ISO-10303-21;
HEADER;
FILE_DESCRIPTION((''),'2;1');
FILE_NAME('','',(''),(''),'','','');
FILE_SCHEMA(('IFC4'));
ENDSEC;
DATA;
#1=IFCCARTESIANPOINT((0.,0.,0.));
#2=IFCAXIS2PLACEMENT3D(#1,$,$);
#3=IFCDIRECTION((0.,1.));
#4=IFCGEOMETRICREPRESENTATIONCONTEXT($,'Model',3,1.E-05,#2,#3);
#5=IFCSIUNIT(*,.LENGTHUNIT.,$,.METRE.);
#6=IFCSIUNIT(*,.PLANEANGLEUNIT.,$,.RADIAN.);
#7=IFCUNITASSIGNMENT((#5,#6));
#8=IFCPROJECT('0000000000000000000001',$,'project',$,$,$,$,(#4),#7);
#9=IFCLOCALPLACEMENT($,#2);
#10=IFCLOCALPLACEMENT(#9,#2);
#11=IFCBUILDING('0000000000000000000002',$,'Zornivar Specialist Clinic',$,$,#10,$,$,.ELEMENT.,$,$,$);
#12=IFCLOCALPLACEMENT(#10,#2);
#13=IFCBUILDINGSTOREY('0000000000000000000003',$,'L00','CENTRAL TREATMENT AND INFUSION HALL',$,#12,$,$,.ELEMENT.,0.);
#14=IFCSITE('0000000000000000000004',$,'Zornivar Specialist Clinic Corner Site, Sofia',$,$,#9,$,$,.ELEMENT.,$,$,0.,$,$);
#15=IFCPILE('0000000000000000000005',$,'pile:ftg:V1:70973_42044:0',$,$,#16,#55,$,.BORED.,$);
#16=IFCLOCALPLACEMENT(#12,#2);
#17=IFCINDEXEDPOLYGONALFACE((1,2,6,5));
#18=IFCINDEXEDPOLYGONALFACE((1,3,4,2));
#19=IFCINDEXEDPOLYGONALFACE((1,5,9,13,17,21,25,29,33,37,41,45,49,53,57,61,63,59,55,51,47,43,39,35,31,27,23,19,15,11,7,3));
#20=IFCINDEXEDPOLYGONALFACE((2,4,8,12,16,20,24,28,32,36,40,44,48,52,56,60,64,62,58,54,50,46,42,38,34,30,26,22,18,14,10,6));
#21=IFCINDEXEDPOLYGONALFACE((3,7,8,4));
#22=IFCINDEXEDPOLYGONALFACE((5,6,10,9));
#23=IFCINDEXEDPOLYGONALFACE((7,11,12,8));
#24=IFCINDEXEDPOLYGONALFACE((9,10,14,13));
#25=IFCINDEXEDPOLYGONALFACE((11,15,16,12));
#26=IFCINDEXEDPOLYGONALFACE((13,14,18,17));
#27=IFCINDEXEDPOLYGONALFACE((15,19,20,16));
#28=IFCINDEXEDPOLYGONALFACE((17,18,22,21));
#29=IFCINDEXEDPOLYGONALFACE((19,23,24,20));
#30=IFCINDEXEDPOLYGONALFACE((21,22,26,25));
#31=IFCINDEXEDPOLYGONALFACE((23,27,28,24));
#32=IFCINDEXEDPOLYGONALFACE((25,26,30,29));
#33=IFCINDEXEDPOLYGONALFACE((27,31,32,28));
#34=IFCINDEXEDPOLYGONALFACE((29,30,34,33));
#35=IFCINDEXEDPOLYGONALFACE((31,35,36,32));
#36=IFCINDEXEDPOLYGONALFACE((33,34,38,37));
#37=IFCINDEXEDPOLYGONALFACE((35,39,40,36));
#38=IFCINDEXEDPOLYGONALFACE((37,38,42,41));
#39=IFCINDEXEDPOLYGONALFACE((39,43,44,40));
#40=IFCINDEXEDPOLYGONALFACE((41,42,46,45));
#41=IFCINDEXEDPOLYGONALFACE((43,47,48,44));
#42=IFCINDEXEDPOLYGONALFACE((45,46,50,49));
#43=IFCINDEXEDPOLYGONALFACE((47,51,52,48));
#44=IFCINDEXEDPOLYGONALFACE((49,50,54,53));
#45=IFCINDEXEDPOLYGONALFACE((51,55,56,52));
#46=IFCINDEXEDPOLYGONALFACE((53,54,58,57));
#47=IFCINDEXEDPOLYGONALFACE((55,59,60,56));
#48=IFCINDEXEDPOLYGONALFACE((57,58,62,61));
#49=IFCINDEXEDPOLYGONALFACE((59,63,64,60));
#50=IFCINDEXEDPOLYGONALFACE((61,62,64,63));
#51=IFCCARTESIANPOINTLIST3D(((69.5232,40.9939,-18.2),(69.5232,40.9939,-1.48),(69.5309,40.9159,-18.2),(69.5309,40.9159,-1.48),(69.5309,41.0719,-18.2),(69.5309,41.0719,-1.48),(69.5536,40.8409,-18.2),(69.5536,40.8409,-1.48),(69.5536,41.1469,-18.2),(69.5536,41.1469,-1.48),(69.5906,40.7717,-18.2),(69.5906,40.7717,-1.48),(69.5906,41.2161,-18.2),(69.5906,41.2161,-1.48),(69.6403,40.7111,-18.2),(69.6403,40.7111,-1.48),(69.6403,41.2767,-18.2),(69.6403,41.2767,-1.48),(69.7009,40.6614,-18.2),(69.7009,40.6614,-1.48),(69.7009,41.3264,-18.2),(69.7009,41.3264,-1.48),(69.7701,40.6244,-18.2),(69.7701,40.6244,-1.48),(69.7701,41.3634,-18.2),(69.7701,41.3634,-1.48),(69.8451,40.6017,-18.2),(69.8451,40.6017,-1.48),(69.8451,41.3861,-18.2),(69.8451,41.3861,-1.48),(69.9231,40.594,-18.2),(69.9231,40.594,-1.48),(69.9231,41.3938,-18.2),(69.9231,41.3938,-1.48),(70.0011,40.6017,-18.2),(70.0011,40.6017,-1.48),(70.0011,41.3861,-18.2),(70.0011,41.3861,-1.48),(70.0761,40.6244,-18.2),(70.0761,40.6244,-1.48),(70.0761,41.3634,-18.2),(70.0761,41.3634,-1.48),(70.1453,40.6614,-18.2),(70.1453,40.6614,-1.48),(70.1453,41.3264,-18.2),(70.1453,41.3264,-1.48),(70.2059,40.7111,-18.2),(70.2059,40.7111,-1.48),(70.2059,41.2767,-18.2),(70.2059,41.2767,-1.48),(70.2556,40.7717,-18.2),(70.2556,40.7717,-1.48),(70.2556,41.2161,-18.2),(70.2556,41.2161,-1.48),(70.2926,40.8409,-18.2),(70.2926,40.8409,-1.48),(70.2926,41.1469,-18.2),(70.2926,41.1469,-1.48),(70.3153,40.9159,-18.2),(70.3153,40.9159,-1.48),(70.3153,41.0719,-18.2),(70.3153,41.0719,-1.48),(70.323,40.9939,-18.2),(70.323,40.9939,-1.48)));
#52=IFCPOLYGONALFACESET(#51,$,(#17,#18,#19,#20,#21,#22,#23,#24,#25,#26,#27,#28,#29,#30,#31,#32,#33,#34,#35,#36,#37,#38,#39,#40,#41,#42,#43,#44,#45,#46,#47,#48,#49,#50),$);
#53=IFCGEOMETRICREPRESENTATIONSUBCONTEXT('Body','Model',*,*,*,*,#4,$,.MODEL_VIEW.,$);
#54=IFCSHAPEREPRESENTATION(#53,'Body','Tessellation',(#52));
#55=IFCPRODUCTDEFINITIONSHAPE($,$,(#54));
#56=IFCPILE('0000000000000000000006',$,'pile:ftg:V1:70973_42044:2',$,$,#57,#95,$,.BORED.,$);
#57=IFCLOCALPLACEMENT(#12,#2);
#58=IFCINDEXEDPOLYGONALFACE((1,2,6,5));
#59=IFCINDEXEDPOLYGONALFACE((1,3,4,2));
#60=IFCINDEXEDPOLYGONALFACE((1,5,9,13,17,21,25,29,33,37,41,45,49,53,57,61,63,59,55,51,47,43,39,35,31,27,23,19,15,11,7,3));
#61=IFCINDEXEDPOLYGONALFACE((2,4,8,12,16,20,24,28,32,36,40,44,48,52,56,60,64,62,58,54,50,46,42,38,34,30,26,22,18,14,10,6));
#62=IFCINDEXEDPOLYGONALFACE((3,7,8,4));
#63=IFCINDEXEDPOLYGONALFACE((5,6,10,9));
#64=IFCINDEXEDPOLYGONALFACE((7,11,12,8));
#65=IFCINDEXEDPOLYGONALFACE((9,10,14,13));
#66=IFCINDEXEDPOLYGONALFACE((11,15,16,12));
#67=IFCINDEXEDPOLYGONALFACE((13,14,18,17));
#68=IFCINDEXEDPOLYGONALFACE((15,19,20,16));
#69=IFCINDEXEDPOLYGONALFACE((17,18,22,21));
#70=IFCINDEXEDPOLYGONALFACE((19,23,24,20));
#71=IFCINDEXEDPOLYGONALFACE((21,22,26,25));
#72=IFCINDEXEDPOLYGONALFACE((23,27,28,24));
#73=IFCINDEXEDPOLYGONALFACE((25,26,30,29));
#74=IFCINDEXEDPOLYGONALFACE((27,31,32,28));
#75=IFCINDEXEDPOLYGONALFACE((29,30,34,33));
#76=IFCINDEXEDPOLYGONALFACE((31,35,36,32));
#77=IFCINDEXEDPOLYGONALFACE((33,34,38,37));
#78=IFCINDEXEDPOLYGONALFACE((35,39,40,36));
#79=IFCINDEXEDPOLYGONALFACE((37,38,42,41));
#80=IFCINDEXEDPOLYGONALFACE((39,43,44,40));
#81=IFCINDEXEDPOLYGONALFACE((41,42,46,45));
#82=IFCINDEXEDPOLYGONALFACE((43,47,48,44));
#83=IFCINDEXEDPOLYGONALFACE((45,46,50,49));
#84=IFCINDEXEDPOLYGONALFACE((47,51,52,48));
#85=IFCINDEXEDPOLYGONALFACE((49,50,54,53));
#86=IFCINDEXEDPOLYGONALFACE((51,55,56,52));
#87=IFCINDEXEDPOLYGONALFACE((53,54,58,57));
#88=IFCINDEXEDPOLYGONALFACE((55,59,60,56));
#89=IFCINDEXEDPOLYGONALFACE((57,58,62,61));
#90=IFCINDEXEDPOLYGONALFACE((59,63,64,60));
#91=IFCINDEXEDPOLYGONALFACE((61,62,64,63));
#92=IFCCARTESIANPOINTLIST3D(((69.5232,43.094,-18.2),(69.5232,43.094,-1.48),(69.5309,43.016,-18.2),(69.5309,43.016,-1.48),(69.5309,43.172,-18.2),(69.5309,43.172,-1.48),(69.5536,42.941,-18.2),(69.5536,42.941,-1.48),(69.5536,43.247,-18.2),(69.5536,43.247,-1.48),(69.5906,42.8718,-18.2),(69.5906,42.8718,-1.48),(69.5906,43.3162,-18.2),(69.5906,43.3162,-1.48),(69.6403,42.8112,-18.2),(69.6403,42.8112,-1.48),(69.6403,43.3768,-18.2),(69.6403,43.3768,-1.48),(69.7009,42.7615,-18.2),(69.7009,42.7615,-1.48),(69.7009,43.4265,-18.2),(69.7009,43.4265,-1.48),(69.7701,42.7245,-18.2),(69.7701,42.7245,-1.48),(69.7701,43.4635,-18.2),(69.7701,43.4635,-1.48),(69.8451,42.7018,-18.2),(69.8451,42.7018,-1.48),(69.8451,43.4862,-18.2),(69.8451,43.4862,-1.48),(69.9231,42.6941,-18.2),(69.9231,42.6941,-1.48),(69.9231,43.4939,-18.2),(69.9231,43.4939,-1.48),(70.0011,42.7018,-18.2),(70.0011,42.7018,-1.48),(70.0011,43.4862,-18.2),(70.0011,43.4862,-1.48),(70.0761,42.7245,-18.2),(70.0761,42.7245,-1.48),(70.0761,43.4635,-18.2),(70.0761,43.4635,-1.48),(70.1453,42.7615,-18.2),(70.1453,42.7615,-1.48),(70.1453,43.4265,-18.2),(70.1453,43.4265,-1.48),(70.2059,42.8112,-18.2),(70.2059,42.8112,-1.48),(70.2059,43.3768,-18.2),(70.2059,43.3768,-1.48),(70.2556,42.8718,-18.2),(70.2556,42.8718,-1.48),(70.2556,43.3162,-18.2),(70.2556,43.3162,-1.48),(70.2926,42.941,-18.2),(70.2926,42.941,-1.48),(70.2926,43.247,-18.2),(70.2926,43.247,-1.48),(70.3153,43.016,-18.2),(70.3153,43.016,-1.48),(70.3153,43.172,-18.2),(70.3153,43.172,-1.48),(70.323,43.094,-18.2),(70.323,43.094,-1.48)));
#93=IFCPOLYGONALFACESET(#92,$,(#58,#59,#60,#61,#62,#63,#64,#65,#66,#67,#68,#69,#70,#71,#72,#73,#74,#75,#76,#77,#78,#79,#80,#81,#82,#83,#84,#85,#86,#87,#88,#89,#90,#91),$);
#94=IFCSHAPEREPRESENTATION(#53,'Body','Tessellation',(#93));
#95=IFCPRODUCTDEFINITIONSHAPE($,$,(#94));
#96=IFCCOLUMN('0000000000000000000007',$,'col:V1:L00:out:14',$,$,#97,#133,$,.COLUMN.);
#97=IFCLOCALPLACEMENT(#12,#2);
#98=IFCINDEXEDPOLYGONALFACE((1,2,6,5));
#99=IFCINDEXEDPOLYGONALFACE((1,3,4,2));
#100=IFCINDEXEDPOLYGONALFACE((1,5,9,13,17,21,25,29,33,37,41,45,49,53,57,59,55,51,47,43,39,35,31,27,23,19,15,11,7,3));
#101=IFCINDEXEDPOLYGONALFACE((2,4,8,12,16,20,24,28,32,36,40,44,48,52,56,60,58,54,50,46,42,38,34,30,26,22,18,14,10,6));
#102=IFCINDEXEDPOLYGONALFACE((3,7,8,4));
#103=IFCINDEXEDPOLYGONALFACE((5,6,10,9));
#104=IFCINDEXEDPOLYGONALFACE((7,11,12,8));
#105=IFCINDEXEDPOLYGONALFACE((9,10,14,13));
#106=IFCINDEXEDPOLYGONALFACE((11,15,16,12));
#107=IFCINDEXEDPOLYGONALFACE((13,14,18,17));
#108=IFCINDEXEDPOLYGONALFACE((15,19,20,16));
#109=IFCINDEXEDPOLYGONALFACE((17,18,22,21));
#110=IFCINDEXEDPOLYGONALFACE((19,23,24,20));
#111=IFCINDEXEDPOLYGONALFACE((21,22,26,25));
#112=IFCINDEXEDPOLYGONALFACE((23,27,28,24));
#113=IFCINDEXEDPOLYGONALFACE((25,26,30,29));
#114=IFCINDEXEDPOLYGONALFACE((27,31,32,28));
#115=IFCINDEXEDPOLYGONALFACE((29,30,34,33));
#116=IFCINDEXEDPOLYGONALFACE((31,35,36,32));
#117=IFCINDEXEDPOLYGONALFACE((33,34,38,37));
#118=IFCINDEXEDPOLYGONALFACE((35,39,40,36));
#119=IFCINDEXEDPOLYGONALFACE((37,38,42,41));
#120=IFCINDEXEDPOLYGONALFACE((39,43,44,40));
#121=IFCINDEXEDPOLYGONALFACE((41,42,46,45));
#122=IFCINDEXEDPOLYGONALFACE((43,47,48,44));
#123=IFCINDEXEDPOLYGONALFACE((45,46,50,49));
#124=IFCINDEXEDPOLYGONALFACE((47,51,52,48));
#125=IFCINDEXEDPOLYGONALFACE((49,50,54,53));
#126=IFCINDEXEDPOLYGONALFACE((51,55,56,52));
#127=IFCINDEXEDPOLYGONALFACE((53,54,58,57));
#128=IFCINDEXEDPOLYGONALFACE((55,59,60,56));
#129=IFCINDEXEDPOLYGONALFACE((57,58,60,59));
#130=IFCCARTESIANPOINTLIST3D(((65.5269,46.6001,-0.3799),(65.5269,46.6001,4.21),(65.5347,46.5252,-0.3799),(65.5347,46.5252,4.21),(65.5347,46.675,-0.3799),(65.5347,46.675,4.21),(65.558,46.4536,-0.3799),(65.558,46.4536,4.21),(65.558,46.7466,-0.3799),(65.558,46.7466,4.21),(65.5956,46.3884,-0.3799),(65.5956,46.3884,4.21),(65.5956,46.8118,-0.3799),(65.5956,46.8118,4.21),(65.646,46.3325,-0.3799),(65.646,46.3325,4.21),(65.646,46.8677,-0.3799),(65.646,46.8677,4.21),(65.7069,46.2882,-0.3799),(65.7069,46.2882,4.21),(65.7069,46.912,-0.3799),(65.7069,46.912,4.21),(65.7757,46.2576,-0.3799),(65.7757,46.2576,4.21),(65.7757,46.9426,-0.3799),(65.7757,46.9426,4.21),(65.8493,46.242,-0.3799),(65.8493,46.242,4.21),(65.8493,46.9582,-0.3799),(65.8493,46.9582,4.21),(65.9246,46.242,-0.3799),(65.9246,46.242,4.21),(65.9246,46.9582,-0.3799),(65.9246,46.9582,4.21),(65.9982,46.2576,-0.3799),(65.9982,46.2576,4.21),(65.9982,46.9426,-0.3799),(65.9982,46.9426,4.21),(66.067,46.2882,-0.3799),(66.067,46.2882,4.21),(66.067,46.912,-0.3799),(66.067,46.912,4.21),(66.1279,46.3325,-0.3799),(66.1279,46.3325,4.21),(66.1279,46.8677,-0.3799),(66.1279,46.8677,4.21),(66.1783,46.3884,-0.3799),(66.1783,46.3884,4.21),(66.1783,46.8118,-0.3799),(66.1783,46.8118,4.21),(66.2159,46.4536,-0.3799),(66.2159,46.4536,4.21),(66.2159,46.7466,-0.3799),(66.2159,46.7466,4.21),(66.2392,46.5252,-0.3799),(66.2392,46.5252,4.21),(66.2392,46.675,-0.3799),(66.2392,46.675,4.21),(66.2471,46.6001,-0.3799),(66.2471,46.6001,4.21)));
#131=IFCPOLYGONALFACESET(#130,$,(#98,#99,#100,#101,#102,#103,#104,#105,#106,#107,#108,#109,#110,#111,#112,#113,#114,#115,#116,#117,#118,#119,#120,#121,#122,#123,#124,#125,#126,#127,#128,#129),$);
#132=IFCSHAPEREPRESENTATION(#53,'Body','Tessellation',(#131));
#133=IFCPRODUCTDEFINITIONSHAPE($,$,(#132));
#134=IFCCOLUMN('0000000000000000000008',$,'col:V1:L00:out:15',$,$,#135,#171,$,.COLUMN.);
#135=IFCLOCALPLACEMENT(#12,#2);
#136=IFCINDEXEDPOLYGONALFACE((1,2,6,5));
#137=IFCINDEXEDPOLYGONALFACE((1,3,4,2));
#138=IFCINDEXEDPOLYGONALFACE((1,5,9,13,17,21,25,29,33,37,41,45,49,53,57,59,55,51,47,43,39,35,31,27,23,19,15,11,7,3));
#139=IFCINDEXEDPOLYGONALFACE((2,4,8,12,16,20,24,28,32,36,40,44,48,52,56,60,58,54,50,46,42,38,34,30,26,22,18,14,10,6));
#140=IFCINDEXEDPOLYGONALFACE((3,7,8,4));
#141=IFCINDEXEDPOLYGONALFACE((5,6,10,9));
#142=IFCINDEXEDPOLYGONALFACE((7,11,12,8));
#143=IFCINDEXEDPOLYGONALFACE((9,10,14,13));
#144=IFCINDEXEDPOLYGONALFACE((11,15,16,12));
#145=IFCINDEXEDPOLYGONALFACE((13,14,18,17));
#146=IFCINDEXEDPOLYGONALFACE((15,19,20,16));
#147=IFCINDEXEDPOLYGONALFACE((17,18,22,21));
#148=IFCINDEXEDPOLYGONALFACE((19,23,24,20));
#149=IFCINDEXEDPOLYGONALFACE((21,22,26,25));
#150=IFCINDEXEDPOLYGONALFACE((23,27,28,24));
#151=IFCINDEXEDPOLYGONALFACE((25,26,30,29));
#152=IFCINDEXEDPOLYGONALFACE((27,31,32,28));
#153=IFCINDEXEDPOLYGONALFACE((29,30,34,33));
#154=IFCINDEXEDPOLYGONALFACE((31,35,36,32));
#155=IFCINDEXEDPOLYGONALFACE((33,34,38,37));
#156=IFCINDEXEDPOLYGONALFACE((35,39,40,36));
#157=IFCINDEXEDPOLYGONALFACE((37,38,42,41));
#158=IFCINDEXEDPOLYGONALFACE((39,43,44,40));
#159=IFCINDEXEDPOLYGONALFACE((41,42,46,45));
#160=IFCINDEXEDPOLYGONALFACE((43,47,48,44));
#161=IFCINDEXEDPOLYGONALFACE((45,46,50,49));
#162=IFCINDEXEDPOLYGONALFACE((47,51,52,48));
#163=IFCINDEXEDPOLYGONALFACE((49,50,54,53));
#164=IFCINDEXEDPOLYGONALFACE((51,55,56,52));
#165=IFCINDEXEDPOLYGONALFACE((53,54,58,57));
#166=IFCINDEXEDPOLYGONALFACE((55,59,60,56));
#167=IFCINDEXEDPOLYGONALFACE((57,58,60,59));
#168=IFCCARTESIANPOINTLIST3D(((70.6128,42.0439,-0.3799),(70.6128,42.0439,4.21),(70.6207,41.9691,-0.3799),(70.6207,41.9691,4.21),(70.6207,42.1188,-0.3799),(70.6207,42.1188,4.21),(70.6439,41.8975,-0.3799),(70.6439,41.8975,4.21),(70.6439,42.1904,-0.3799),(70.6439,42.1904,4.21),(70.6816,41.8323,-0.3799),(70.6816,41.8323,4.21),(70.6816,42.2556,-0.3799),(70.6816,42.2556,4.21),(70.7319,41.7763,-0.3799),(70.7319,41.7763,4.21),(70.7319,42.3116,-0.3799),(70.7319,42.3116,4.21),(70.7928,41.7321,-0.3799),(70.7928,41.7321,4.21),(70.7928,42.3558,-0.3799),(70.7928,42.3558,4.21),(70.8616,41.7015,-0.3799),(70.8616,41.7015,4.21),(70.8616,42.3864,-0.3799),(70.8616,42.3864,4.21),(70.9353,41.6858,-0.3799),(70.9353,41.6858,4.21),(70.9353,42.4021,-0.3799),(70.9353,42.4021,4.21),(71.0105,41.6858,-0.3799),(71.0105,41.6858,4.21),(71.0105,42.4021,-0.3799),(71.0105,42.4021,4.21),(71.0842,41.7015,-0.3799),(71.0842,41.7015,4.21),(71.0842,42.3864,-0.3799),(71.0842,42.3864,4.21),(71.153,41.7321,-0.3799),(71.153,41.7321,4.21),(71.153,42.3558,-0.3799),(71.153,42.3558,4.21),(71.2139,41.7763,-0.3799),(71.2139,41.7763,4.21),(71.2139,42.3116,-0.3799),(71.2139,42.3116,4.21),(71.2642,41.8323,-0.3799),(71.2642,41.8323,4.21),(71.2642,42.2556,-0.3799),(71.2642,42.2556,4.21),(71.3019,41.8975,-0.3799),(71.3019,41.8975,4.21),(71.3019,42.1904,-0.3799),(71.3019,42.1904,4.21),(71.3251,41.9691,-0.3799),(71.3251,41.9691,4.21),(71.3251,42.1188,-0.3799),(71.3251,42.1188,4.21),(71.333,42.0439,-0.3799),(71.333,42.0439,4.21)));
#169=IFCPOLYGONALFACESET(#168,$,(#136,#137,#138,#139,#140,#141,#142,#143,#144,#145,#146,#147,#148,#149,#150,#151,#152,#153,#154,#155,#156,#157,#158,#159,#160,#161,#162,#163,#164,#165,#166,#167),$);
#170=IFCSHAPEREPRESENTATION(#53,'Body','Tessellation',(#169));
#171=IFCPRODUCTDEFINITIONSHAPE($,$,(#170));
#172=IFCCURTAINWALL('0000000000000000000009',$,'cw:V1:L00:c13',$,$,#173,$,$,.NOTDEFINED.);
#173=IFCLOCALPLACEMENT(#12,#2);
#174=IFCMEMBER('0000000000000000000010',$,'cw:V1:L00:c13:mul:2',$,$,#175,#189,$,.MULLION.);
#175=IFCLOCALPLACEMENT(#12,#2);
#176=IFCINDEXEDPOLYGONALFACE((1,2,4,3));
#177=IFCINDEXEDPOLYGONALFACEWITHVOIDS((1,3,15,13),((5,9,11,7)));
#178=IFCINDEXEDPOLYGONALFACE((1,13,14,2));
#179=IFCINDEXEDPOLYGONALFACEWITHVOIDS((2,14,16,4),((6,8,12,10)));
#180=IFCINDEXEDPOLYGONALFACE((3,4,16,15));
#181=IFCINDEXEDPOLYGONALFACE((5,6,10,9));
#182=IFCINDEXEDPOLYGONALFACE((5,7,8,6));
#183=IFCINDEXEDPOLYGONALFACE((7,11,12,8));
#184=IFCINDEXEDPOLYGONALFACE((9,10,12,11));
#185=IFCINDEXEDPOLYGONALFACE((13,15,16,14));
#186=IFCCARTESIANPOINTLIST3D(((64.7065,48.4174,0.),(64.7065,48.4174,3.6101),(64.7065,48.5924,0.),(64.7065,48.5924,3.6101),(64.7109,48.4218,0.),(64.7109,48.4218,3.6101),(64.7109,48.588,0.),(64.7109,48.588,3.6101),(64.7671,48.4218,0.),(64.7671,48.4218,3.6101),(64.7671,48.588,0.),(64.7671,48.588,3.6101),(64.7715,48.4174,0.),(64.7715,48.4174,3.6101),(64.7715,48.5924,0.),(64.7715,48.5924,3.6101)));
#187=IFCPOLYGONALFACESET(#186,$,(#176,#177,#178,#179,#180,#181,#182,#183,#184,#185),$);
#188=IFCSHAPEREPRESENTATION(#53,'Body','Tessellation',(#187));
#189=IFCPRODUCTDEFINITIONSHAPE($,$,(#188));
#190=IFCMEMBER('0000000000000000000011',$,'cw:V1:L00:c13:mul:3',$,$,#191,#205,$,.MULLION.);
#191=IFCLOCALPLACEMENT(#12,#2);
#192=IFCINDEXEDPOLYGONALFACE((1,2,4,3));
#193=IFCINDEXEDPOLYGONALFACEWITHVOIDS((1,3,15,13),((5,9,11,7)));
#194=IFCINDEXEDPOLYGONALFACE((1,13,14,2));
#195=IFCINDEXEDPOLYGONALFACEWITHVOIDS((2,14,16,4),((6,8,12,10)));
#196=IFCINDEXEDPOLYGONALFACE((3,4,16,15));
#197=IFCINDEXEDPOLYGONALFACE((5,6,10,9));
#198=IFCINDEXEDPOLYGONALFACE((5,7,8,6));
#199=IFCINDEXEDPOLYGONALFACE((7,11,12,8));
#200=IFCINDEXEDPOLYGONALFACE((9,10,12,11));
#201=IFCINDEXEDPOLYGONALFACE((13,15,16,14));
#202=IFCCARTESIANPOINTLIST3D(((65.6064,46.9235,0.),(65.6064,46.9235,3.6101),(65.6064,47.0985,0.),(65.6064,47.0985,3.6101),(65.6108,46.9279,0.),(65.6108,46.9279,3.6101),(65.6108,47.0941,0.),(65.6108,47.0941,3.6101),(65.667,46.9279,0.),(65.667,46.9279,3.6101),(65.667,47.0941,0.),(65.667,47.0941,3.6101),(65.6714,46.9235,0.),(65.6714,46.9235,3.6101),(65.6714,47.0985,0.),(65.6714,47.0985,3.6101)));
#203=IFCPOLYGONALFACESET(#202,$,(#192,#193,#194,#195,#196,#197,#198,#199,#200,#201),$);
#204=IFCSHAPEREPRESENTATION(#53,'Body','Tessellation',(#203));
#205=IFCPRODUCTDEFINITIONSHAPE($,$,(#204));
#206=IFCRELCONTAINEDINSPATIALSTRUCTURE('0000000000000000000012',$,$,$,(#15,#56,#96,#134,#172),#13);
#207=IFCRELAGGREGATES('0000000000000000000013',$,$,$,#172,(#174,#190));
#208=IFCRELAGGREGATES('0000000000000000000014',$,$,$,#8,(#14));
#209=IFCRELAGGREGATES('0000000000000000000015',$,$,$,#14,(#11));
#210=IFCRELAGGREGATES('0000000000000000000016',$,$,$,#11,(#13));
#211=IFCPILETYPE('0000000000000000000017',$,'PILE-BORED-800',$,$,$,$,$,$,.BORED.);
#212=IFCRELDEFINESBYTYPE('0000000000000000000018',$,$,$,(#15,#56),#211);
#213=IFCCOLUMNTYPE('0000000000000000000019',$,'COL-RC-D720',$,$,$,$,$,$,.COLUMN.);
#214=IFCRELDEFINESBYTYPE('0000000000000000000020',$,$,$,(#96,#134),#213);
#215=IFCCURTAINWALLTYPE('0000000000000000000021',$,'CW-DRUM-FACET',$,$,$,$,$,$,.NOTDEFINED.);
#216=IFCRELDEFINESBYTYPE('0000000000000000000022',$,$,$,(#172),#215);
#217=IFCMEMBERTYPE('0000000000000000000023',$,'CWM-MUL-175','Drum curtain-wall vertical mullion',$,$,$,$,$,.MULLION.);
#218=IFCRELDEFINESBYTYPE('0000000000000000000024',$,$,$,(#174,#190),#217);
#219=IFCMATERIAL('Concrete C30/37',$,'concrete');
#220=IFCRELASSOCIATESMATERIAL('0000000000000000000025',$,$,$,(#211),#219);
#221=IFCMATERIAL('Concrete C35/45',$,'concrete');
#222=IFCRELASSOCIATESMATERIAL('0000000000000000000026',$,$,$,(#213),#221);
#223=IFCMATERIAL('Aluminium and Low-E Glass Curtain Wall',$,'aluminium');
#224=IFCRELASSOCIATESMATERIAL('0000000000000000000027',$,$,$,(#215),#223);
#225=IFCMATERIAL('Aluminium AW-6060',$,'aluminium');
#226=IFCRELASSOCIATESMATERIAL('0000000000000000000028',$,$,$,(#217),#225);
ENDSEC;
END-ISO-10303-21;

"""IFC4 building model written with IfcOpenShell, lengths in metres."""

from ifc_helpers import new_model, si_unit, direction, frame, origin, origin_2d, place, context, subcontext, project, spatial, hollow_rectangle, circle, extrude, material, material_profile, profile_set, type_object, element, aggregate, save


model = new_model("IFC4")

# Units and contexts
model_context = context("Model", 3, precision=1e-05, world=origin(), true_north=direction((0.0, 1.0)))
body_context = subcontext(model_context, "Body", "Model", "MODEL_VIEW")
ifc_project = project(units=[si_unit("LENGTHUNIT", "METRE"), si_unit("PLANEANGLEUNIT", "RADIAN")], contexts=[model_context])

# Site, building, storey
site_placement = place(None, origin())
site = spatial("IfcSite", under=ifc_project, at=site_placement, Name="Zornivar Specialist Clinic Corner Site, Sofia", CompositionType="ELEMENT", RefElevation=0.0)
building_placement = place(site_placement, origin())
building = spatial("IfcBuilding", under=site, at=building_placement, Name="Zornivar Specialist Clinic", CompositionType="ELEMENT")
storey_placement = place(building_placement, origin())
storey = spatial("IfcBuildingStorey", under=building, at=storey_placement, Name="L00", Description="CENTRAL TREATMENT AND INFUSION HALL", CompositionType="ELEMENT", Elevation=0.0)

# Piles
ifc_material_1 = material(Name="Concrete C30/37", Category="concrete")
ifc_material_profile_1 = material_profile(ifc_material_1, circle(Radius=0.3999, at=origin_2d()), Name="PILE D800")
ifc_profile_set_1 = profile_set([ifc_material_profile_1], Name="Concrete C30/37")
pile_type = type_object("IfcPileType", Name="PILE-BORED-800", PredefinedType="BORED", material=ifc_profile_set_1)
for number, where, z_axis, x_axis, name in (
    (1, (69.9231, 40.9939, -1.48), (0.0, 0.0, -1.0), (1.0, 0.0, 0.0), "pile:ftg:V1:70973_42044:0"),
    (2, (69.9231, 43.094, -1.48), (0.0, 0.0, -1.0), (1.0, 0.0, 0.0), "pile:ftg:V1:70973_42044:2"),
):
    element("IfcPile", number, at=place(storey_placement, frame(where, z_axis=z_axis, x_axis=x_axis)), inside=storey, type_object=pile_type, Name=name, PredefinedType="BORED", context=body_context, shape_type="SweptSolid", body=[
        extrude(circle(Radius=0.3999, at=origin_2d()), origin(), (0.0, 0.0, 1.0), 16.72),
    ])

# Columns
ifc_material_2 = material(Name="Concrete C35/45", Category="concrete")
ifc_material_profile_2 = material_profile(ifc_material_2, circle(Radius=0.3601, at=origin_2d()), Name="RC D720")
ifc_profile_set_2 = profile_set([ifc_material_profile_2], Name="Concrete C35/45")
column_type = type_object("IfcColumnType", Name="COL-RC-D720", PredefinedType="COLUMN", material=ifc_profile_set_2)
for number, where, z_axis, x_axis, name in (
    (3, (65.887, 46.6001, -0.3799), (0.0, 0.0, 1.0), (1.0, 0.0, 0.0), "col:V1:L00:out:14"),
    (4, (70.9729, 42.0439, -0.3799), (0.0, 0.0, 1.0), (1.0, 0.0, 0.0), "col:V1:L00:out:15"),
):
    element("IfcColumn", number, at=place(storey_placement, frame(where, z_axis=z_axis, x_axis=x_axis)), inside=storey, type_object=column_type, Name=name, PredefinedType="COLUMN", context=body_context, shape_type="SweptSolid", body=[
        extrude(circle(Radius=0.3601, at=origin_2d()), origin(), (0.0, 0.0, 1.0), 4.5898),
    ])

# Curtain wall, members
ifc_material_3 = material(Name="Aluminium and Low-E Glass Curtain Wall", Category="aluminium")
curtain_wall_type = type_object("IfcCurtainWallType", Name="CW-DRUM-FACET", PredefinedType="NOTDEFINED", material=ifc_material_3)
curtain_wall_placement = place(storey_placement, origin())
curtain_wall = element("IfcCurtainWall", 5, at=curtain_wall_placement, inside=storey, type_object=curtain_wall_type, Name="cw:V1:L00:c13", PredefinedType="NOTDEFINED")
ifc_material_4 = material(Name="Aluminium AW-6060", Category="aluminium")
ifc_material_profile_3 = material_profile(ifc_material_4, hollow_rectangle(XDim=0.0649, YDim=0.175, WallThickness=0.0044, at=origin_2d()), Name="ALU 65x175x4.5")
ifc_profile_set_3 = profile_set([ifc_material_profile_3], Name="Aluminium AW-6060")
member_type = type_object("IfcMemberType", Name="CWM-MUL-175", Description="Drum curtain-wall vertical mullion", PredefinedType="MULLION", material=ifc_profile_set_3)
member_1_placement = place(storey_placement, frame((64.739, 48.5049, 0.0), z_axis=(0.0, 0.0, 1.0), x_axis=(1.0, 0.0, 0.0)))
member_1 = element("IfcMember", 6, at=member_1_placement, type_object=member_type, Name="cw:V1:L00:c13:mul:2", PredefinedType="MULLION", context=body_context, shape_type="SweptSolid", body=[
    extrude(hollow_rectangle(XDim=0.0649, YDim=0.175, WallThickness=0.0044, at=origin_2d()), origin(), (0.0, 0.0, 1.0), 3.6101),
])
member_2_placement = place(storey_placement, frame((65.6389, 47.011, 0.0), z_axis=(0.0, 0.0, 1.0), x_axis=(1.0, 0.0, 0.0)))
member_2 = element("IfcMember", 7, at=member_2_placement, type_object=member_type, Name="cw:V1:L00:c13:mul:3", PredefinedType="MULLION", context=body_context, shape_type="SweptSolid", body=[
    extrude(hollow_rectangle(XDim=0.0649, YDim=0.175, WallThickness=0.0044, at=origin_2d()), origin(), (0.0, 0.0, 1.0), 3.6101),
])
aggregate(curtain_wall, [member_1, member_2])

save(model, "model.ifc")
